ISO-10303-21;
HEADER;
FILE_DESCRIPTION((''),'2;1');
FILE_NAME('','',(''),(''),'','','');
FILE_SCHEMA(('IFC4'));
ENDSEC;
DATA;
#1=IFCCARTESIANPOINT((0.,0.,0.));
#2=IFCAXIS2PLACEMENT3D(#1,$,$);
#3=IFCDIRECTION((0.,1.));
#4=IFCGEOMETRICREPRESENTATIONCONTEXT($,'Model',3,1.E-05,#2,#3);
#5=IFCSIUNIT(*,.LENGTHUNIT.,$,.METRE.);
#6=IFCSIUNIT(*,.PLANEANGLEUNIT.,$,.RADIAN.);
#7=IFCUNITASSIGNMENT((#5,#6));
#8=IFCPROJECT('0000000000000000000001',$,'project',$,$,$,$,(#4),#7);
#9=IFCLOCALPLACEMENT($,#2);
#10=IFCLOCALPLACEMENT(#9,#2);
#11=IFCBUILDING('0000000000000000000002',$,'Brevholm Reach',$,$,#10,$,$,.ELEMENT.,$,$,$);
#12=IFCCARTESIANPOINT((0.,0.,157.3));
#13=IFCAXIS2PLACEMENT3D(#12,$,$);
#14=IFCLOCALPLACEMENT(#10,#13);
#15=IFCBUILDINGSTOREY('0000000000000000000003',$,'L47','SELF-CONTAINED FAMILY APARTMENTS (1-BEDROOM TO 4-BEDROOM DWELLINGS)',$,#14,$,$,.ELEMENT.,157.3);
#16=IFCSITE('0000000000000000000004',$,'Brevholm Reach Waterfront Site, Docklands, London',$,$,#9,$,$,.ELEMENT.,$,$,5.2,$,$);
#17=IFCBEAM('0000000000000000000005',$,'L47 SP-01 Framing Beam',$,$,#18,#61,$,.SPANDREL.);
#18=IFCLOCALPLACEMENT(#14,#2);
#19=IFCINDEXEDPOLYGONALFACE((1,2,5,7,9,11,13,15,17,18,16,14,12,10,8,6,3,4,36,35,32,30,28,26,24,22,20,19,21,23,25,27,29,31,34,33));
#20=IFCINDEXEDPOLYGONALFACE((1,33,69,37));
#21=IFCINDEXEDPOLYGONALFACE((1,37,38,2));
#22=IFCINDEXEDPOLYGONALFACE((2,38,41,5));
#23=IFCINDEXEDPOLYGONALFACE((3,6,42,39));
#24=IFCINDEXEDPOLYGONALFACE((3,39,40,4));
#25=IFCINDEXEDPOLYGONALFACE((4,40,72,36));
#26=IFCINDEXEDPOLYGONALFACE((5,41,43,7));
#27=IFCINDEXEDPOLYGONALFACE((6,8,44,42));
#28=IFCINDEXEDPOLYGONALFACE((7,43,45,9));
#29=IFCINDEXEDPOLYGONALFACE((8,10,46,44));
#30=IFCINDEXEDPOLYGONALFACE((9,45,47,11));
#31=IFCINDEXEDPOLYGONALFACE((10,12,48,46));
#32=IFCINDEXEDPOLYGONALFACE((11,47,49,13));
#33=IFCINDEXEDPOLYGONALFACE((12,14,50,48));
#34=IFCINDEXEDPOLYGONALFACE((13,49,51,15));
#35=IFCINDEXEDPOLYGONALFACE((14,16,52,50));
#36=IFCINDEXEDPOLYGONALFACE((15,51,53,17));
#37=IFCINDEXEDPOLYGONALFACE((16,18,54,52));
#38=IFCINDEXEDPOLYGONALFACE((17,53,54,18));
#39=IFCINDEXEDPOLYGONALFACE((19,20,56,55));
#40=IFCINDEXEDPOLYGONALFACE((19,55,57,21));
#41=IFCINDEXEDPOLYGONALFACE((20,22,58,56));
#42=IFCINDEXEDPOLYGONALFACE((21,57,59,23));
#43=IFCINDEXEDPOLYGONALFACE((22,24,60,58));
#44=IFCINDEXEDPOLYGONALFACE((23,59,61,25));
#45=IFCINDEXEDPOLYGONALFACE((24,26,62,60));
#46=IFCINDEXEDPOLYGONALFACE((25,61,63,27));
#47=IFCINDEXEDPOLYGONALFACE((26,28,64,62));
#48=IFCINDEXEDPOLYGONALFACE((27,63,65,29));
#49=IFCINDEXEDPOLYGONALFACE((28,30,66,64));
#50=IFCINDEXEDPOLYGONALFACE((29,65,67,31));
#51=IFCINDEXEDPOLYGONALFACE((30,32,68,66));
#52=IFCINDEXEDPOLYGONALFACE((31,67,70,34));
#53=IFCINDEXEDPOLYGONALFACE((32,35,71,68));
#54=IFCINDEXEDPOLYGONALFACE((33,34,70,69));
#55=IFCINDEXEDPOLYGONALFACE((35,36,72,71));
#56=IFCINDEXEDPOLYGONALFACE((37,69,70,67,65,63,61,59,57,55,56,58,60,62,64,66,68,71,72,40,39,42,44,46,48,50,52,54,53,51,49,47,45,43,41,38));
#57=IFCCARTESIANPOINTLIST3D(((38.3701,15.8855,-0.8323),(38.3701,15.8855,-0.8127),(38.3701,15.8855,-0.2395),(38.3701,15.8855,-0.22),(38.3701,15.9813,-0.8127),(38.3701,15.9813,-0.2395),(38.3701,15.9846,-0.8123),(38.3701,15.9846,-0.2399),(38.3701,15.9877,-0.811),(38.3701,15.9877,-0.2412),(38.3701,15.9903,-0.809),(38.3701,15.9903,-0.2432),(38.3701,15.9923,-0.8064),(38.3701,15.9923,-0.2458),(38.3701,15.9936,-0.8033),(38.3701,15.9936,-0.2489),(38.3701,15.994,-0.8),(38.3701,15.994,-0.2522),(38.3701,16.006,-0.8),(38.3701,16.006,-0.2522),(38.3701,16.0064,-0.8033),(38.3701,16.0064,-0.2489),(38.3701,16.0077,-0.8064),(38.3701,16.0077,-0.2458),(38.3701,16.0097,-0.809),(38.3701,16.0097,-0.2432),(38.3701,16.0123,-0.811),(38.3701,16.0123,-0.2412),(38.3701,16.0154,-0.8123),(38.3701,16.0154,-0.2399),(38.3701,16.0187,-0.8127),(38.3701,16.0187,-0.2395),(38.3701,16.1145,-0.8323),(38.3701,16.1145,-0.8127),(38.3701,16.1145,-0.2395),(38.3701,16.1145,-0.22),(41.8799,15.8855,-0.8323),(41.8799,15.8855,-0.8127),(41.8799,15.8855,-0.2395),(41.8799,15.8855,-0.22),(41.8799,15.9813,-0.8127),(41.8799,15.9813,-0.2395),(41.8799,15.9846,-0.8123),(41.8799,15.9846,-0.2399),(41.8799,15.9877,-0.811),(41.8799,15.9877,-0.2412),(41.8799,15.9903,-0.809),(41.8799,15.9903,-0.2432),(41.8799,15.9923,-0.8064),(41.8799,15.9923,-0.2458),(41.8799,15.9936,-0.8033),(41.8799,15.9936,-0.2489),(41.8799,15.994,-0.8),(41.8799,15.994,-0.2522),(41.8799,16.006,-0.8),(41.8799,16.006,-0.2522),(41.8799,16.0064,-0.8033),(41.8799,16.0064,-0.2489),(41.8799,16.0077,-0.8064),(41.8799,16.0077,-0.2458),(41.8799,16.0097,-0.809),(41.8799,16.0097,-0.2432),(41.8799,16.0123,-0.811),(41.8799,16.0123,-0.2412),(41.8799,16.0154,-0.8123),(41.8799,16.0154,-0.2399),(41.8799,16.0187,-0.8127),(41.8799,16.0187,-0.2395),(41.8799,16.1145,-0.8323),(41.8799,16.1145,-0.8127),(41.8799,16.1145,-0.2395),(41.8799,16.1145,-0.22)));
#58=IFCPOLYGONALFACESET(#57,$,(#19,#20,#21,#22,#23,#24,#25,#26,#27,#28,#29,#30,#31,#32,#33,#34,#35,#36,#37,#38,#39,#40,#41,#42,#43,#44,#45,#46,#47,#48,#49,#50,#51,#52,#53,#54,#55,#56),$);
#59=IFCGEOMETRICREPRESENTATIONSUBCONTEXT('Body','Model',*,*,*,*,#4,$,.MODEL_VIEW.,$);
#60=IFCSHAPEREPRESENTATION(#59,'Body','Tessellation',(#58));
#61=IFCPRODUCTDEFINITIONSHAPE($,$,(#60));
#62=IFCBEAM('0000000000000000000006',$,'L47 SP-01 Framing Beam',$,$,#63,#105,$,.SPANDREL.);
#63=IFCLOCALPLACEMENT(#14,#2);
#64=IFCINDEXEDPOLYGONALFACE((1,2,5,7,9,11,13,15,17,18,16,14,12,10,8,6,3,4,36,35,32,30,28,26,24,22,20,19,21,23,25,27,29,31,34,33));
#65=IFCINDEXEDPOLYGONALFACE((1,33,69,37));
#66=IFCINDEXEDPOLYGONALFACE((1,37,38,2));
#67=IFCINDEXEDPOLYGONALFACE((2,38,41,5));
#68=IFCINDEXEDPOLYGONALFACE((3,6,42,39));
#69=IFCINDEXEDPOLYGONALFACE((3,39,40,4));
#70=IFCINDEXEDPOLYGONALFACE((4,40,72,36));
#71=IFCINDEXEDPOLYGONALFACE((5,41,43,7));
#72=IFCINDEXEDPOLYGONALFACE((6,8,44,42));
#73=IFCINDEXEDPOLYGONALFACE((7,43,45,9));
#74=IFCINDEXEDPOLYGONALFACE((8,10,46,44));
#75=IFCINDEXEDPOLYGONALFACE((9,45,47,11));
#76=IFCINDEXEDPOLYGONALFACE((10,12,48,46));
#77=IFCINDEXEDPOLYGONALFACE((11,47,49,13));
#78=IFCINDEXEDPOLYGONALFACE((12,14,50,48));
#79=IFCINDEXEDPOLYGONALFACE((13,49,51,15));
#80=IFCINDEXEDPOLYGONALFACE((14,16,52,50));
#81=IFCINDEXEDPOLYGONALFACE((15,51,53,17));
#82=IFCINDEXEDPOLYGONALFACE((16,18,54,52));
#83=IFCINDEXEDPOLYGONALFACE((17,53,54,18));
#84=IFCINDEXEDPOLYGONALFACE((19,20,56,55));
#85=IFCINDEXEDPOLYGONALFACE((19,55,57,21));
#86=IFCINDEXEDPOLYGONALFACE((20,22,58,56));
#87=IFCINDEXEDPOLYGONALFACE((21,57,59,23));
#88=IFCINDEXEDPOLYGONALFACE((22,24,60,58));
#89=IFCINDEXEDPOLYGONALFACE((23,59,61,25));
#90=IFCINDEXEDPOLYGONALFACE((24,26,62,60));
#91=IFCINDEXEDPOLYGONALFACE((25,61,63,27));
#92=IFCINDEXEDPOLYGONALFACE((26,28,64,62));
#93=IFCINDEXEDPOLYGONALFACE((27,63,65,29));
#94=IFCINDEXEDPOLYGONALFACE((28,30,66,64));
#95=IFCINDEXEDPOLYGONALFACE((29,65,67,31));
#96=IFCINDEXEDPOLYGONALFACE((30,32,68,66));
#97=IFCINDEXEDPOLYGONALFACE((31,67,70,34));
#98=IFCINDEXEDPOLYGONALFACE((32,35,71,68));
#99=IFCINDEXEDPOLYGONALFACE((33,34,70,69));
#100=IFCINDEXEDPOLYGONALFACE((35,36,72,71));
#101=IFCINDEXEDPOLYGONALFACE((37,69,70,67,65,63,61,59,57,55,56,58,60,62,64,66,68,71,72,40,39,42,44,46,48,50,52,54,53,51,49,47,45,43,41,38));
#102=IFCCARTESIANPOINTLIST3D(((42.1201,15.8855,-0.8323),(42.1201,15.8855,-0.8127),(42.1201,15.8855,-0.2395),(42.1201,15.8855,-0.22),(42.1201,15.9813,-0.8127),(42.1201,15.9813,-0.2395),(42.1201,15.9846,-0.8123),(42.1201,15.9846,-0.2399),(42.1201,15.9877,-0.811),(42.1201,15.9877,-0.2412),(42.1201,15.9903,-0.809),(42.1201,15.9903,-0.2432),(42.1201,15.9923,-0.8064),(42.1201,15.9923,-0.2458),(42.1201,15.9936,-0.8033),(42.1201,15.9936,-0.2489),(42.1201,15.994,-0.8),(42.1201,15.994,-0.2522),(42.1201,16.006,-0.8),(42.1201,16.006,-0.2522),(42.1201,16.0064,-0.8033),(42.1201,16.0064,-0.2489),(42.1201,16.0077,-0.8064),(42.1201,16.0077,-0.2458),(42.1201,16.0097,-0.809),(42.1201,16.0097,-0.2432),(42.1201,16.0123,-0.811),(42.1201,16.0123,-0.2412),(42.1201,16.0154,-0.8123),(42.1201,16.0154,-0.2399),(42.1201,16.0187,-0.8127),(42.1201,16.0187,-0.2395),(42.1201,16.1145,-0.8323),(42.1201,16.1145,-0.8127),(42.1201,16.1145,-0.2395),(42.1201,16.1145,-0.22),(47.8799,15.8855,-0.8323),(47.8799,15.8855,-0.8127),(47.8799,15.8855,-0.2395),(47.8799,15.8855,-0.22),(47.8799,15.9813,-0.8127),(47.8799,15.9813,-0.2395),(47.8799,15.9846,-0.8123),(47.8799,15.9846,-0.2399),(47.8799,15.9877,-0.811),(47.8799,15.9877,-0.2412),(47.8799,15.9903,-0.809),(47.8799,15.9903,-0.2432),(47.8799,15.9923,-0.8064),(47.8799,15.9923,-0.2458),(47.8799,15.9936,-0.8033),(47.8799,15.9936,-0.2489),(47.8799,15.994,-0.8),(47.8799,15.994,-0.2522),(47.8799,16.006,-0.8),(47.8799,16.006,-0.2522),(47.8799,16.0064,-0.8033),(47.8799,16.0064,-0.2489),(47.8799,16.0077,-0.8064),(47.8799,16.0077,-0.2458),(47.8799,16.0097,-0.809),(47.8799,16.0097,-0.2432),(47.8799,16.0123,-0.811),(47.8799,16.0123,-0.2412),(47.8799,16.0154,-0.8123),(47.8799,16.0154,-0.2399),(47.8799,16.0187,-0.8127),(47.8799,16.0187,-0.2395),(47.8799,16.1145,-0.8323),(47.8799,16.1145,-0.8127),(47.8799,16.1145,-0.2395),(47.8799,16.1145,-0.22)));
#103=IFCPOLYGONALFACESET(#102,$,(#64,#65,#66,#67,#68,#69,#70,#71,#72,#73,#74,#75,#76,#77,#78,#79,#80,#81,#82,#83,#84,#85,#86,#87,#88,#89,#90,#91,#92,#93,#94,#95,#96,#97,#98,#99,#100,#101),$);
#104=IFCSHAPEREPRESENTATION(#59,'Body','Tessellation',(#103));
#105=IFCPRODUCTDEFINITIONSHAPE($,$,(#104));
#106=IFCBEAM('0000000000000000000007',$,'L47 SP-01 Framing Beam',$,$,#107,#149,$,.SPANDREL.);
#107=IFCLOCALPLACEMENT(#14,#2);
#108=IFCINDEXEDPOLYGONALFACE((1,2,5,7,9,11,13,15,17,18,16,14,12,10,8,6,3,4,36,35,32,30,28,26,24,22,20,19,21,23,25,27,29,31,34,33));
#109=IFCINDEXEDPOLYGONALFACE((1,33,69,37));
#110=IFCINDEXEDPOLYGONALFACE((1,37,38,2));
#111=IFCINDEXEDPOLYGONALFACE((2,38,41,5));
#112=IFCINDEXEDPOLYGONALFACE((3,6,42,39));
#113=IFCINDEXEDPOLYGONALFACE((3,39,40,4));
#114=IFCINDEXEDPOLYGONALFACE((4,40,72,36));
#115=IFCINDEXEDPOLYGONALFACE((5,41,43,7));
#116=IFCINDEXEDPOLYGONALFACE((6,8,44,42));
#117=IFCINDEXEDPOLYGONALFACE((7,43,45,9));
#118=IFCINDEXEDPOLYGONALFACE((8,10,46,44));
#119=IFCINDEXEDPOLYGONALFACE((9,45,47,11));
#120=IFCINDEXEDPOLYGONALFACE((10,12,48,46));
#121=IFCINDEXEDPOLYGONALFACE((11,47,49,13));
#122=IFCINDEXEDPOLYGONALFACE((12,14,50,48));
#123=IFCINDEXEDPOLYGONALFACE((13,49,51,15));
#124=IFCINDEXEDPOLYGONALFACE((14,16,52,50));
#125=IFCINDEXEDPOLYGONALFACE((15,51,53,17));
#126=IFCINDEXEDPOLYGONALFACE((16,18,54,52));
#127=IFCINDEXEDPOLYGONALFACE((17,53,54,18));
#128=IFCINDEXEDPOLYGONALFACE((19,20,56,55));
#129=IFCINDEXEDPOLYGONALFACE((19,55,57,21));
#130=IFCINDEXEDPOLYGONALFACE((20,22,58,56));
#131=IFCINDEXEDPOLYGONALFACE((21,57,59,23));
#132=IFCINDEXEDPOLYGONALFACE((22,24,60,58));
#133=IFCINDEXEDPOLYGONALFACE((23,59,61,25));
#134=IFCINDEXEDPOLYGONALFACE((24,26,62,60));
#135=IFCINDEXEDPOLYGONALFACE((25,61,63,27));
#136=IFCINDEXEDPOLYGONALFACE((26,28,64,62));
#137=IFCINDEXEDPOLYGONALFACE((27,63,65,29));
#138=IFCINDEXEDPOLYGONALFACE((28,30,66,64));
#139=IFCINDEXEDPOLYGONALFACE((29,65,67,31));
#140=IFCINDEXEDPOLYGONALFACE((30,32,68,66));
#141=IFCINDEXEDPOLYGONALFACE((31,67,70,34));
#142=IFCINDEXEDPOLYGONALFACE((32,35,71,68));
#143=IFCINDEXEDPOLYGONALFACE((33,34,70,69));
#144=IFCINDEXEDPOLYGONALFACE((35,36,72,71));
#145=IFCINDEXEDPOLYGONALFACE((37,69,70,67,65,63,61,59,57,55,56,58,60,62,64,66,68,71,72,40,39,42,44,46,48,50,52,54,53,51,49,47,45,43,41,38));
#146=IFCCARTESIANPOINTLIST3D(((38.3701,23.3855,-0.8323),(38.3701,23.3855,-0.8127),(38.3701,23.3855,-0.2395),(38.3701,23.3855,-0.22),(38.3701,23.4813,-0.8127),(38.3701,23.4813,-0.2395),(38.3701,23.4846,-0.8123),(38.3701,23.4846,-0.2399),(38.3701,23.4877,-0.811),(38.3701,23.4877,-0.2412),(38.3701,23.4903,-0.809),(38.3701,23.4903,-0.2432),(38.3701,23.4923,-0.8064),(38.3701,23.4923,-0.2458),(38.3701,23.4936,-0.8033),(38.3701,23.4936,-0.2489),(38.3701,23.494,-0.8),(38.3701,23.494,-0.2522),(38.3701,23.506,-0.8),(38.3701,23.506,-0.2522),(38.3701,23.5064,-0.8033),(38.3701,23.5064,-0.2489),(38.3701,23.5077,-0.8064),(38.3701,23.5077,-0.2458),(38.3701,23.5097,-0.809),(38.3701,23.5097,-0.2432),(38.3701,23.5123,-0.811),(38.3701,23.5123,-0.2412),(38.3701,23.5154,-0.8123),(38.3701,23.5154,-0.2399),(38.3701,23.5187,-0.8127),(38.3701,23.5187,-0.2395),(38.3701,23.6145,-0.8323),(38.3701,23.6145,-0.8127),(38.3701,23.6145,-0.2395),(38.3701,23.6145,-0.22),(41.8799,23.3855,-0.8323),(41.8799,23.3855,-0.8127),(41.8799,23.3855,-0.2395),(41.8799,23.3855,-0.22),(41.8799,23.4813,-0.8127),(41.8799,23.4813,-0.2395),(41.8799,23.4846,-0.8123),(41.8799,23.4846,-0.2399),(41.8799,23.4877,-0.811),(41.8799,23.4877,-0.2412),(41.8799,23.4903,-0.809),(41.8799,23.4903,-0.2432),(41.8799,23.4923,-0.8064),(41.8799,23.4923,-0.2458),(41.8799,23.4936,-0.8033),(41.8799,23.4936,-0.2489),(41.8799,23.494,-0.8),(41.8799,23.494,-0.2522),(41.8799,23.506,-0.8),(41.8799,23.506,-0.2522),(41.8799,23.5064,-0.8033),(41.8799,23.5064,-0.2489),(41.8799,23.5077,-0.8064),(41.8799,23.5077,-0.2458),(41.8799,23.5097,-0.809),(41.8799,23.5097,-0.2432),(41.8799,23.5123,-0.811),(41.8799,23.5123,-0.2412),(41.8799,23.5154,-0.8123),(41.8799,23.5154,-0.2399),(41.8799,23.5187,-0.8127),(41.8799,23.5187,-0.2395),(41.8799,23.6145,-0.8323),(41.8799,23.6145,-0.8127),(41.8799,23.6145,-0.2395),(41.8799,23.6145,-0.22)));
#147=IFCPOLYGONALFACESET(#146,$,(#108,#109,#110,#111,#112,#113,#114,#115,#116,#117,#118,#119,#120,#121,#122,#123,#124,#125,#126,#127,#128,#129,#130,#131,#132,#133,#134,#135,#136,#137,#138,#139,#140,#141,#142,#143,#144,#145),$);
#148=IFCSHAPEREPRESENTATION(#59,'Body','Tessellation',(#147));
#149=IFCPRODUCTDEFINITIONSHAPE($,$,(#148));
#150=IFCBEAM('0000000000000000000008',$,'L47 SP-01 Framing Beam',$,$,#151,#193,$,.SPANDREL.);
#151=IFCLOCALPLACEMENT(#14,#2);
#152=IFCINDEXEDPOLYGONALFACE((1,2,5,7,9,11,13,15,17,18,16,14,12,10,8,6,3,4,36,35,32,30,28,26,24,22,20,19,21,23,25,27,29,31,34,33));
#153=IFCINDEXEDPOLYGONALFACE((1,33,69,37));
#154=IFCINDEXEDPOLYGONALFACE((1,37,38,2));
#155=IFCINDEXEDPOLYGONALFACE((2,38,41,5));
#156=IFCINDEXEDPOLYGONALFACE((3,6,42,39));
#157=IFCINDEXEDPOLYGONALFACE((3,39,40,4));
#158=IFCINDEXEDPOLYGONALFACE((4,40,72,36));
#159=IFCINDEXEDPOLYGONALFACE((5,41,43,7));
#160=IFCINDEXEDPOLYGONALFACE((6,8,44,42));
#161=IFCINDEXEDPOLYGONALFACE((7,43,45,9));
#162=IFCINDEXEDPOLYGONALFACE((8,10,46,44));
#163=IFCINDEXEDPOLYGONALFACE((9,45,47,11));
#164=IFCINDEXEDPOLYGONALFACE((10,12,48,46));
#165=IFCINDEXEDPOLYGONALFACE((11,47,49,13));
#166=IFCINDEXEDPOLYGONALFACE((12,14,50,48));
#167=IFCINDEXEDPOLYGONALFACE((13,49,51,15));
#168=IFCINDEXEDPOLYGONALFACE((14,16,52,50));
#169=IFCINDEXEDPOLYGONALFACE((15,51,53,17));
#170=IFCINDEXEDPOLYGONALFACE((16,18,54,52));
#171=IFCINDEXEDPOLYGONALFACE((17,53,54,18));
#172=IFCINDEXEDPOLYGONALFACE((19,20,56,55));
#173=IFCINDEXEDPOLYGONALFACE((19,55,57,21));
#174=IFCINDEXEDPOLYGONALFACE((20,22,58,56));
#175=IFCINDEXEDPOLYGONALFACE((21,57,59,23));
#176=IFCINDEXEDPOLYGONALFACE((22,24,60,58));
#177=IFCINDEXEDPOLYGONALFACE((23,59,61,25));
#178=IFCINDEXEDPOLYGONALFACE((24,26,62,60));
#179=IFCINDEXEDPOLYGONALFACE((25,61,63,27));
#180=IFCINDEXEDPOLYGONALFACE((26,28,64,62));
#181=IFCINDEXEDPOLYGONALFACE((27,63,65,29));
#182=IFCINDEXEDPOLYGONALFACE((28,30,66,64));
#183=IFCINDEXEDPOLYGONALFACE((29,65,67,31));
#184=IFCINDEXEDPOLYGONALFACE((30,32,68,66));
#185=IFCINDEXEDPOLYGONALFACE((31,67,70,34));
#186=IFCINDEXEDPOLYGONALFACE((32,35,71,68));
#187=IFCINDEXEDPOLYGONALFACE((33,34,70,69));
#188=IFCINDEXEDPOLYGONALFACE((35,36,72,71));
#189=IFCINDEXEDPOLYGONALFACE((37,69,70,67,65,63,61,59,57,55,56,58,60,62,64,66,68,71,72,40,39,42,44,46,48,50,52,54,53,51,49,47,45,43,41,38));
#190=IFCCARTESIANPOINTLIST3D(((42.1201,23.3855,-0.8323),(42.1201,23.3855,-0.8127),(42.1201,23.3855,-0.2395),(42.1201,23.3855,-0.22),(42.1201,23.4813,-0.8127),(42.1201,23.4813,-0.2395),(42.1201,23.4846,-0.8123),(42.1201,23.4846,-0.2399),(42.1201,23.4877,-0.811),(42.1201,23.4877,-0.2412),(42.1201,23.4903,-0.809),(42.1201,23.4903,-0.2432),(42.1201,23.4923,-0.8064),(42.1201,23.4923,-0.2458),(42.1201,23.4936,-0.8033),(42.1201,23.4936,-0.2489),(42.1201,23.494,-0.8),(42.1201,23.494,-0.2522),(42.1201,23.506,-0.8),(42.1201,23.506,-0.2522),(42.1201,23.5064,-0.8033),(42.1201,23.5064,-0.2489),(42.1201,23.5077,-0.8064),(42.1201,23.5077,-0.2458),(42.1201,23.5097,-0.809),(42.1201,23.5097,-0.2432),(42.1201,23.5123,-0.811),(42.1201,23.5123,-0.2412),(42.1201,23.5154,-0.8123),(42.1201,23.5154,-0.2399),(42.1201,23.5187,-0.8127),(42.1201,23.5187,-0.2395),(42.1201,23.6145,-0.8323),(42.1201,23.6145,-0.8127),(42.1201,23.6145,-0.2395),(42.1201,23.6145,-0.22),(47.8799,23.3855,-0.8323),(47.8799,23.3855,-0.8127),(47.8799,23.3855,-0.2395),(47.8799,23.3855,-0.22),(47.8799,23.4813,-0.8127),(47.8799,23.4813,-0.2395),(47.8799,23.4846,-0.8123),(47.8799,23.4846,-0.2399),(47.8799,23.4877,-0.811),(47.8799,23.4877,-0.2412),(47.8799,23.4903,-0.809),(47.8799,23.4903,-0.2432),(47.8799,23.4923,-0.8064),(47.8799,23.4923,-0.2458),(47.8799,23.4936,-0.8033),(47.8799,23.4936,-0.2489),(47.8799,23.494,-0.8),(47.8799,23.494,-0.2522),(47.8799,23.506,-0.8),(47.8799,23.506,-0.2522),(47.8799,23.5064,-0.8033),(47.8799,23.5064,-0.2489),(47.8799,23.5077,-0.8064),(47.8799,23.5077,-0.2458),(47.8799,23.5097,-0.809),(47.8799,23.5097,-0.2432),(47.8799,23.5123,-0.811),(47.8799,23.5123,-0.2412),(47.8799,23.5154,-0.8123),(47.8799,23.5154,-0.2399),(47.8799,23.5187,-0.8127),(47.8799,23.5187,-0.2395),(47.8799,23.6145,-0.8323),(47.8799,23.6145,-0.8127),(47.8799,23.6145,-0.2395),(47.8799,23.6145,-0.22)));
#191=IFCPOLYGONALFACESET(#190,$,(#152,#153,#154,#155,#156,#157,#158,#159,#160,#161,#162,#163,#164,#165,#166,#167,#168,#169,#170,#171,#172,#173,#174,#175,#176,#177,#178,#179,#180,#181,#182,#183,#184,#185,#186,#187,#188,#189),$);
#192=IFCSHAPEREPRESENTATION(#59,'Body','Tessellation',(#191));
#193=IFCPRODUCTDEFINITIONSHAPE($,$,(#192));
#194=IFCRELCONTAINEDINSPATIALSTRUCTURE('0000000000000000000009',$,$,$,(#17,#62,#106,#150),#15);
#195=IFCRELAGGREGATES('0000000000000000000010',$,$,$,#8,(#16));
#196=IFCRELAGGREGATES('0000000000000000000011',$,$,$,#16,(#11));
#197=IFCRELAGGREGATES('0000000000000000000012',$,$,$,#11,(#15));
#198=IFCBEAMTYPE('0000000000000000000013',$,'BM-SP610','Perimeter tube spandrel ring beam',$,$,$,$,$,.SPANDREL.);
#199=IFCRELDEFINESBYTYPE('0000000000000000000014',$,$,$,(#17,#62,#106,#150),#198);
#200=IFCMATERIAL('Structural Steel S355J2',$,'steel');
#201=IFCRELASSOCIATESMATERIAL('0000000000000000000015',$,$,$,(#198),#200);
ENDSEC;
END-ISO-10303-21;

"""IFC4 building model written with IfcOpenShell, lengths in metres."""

from ifc_helpers import new_model, si_unit, direction, frame, origin, origin_2d, place, context, subcontext, project, spatial, i_section, extrude, material, material_profile, profile_set, type_object, element, save


model = new_model("IFC4")

# Units and contexts
model_context = context("Model", 3, precision=1e-05, world=origin(), true_north=direction((0.0, 1.0)))
body_context = subcontext(model_context, "Body", "Model", "MODEL_VIEW")
ifc_project = project(units=[si_unit("LENGTHUNIT", "METRE"), si_unit("PLANEANGLEUNIT", "RADIAN")], contexts=[model_context])

# Site, building, storey
site_placement = place(None, origin())
site = spatial("IfcSite", under=ifc_project, at=site_placement, Name="Brevholm Reach Waterfront Site, Docklands, London", CompositionType="ELEMENT", RefElevation=5.2)
building_placement = place(site_placement, origin())
building = spatial("IfcBuilding", under=site, at=building_placement, Name="Brevholm Reach", CompositionType="ELEMENT")
storey_placement = place(building_placement, frame((0.0, 0.0, 157.3)))
storey = spatial("IfcBuildingStorey", under=building, at=storey_placement, Name="L47", Description="SELF-CONTAINED FAMILY APARTMENTS (1-BEDROOM TO 4-BEDROOM DWELLINGS)", CompositionType="ELEMENT", Elevation=157.3)

# Beams
ifc_material_1 = material(Name="Structural Steel S355J2", Category="steel")
ifc_material_profile_1 = material_profile(ifc_material_1, i_section(OverallWidth=0.229, OverallDepth=0.6123, WebThickness=0.012, FlangeThickness=0.0195, FilletRadius=0.0127, at=origin_2d()), Name="UKB 610x229x125")
ifc_profile_set_1 = profile_set([ifc_material_profile_1], Name="Structural Steel S355J2")
beam_type_1 = type_object("IfcBeamType", Name="BM-SP610", Description="Perimeter tube spandrel ring beam", PredefinedType="SPANDREL", material=ifc_profile_set_1)
beam_1_placement = place(storey_placement, frame((38.3701, 16.0, -0.5261), z_axis=(1.0, 0.0, 0.0), x_axis=(0.0, 1.0, 0.0)))
element("IfcBeam", 1, at=beam_1_placement, inside=storey, type_object=beam_type_1, Name="L47 SP-01 Framing Beam", PredefinedType="SPANDREL", context=body_context, shape_type="SweptSolid", body=[
    extrude(i_section(OverallWidth=0.229, OverallDepth=0.6123, WebThickness=0.012, FlangeThickness=0.0195, FilletRadius=0.0127, at=origin_2d()), origin(), (0.0, 0.0, 1.0), 3.5098),
])
beam_2_placement = place(storey_placement, frame((42.1201, 16.0, -0.5261), z_axis=(1.0, 0.0, 0.0), x_axis=(0.0, 1.0, 0.0)))
element("IfcBeam", 2, at=beam_2_placement, inside=storey, type_object=beam_type_1, Name="L47 SP-01 Framing Beam", PredefinedType="SPANDREL", context=body_context, shape_type="SweptSolid", body=[
    extrude(i_section(OverallWidth=0.229, OverallDepth=0.6123, WebThickness=0.012, FlangeThickness=0.0195, FilletRadius=0.0127, at=origin_2d()), origin(), (0.0, 0.0, 1.0), 5.7598),
])
beam_3_placement = place(storey_placement, frame((38.3701, 23.5, -0.5261), z_axis=(1.0, 0.0, 0.0), x_axis=(0.0, 1.0, 0.0)))
element("IfcBeam", 3, at=beam_3_placement, inside=storey, type_object=beam_type_1, Name="L47 SP-01 Framing Beam", PredefinedType="SPANDREL", context=body_context, shape_type="SweptSolid", body=[
    extrude(i_section(OverallWidth=0.229, OverallDepth=0.6123, WebThickness=0.012, FlangeThickness=0.0195, FilletRadius=0.0127, at=origin_2d()), origin(), (0.0, 0.0, 1.0), 3.5098),
])
beam_4_placement = place(storey_placement, frame((42.1201, 23.5, -0.5261), z_axis=(1.0, 0.0, 0.0), x_axis=(0.0, 1.0, 0.0)))
element("IfcBeam", 4, at=beam_4_placement, inside=storey, type_object=beam_type_1, Name="L47 SP-01 Framing Beam", PredefinedType="SPANDREL", context=body_context, shape_type="SweptSolid", body=[
    extrude(i_section(OverallWidth=0.229, OverallDepth=0.6123, WebThickness=0.012, FlangeThickness=0.0195, FilletRadius=0.0127, at=origin_2d()), origin(), (0.0, 0.0, 1.0), 5.7598),
])

save(model, "model.ifc")
